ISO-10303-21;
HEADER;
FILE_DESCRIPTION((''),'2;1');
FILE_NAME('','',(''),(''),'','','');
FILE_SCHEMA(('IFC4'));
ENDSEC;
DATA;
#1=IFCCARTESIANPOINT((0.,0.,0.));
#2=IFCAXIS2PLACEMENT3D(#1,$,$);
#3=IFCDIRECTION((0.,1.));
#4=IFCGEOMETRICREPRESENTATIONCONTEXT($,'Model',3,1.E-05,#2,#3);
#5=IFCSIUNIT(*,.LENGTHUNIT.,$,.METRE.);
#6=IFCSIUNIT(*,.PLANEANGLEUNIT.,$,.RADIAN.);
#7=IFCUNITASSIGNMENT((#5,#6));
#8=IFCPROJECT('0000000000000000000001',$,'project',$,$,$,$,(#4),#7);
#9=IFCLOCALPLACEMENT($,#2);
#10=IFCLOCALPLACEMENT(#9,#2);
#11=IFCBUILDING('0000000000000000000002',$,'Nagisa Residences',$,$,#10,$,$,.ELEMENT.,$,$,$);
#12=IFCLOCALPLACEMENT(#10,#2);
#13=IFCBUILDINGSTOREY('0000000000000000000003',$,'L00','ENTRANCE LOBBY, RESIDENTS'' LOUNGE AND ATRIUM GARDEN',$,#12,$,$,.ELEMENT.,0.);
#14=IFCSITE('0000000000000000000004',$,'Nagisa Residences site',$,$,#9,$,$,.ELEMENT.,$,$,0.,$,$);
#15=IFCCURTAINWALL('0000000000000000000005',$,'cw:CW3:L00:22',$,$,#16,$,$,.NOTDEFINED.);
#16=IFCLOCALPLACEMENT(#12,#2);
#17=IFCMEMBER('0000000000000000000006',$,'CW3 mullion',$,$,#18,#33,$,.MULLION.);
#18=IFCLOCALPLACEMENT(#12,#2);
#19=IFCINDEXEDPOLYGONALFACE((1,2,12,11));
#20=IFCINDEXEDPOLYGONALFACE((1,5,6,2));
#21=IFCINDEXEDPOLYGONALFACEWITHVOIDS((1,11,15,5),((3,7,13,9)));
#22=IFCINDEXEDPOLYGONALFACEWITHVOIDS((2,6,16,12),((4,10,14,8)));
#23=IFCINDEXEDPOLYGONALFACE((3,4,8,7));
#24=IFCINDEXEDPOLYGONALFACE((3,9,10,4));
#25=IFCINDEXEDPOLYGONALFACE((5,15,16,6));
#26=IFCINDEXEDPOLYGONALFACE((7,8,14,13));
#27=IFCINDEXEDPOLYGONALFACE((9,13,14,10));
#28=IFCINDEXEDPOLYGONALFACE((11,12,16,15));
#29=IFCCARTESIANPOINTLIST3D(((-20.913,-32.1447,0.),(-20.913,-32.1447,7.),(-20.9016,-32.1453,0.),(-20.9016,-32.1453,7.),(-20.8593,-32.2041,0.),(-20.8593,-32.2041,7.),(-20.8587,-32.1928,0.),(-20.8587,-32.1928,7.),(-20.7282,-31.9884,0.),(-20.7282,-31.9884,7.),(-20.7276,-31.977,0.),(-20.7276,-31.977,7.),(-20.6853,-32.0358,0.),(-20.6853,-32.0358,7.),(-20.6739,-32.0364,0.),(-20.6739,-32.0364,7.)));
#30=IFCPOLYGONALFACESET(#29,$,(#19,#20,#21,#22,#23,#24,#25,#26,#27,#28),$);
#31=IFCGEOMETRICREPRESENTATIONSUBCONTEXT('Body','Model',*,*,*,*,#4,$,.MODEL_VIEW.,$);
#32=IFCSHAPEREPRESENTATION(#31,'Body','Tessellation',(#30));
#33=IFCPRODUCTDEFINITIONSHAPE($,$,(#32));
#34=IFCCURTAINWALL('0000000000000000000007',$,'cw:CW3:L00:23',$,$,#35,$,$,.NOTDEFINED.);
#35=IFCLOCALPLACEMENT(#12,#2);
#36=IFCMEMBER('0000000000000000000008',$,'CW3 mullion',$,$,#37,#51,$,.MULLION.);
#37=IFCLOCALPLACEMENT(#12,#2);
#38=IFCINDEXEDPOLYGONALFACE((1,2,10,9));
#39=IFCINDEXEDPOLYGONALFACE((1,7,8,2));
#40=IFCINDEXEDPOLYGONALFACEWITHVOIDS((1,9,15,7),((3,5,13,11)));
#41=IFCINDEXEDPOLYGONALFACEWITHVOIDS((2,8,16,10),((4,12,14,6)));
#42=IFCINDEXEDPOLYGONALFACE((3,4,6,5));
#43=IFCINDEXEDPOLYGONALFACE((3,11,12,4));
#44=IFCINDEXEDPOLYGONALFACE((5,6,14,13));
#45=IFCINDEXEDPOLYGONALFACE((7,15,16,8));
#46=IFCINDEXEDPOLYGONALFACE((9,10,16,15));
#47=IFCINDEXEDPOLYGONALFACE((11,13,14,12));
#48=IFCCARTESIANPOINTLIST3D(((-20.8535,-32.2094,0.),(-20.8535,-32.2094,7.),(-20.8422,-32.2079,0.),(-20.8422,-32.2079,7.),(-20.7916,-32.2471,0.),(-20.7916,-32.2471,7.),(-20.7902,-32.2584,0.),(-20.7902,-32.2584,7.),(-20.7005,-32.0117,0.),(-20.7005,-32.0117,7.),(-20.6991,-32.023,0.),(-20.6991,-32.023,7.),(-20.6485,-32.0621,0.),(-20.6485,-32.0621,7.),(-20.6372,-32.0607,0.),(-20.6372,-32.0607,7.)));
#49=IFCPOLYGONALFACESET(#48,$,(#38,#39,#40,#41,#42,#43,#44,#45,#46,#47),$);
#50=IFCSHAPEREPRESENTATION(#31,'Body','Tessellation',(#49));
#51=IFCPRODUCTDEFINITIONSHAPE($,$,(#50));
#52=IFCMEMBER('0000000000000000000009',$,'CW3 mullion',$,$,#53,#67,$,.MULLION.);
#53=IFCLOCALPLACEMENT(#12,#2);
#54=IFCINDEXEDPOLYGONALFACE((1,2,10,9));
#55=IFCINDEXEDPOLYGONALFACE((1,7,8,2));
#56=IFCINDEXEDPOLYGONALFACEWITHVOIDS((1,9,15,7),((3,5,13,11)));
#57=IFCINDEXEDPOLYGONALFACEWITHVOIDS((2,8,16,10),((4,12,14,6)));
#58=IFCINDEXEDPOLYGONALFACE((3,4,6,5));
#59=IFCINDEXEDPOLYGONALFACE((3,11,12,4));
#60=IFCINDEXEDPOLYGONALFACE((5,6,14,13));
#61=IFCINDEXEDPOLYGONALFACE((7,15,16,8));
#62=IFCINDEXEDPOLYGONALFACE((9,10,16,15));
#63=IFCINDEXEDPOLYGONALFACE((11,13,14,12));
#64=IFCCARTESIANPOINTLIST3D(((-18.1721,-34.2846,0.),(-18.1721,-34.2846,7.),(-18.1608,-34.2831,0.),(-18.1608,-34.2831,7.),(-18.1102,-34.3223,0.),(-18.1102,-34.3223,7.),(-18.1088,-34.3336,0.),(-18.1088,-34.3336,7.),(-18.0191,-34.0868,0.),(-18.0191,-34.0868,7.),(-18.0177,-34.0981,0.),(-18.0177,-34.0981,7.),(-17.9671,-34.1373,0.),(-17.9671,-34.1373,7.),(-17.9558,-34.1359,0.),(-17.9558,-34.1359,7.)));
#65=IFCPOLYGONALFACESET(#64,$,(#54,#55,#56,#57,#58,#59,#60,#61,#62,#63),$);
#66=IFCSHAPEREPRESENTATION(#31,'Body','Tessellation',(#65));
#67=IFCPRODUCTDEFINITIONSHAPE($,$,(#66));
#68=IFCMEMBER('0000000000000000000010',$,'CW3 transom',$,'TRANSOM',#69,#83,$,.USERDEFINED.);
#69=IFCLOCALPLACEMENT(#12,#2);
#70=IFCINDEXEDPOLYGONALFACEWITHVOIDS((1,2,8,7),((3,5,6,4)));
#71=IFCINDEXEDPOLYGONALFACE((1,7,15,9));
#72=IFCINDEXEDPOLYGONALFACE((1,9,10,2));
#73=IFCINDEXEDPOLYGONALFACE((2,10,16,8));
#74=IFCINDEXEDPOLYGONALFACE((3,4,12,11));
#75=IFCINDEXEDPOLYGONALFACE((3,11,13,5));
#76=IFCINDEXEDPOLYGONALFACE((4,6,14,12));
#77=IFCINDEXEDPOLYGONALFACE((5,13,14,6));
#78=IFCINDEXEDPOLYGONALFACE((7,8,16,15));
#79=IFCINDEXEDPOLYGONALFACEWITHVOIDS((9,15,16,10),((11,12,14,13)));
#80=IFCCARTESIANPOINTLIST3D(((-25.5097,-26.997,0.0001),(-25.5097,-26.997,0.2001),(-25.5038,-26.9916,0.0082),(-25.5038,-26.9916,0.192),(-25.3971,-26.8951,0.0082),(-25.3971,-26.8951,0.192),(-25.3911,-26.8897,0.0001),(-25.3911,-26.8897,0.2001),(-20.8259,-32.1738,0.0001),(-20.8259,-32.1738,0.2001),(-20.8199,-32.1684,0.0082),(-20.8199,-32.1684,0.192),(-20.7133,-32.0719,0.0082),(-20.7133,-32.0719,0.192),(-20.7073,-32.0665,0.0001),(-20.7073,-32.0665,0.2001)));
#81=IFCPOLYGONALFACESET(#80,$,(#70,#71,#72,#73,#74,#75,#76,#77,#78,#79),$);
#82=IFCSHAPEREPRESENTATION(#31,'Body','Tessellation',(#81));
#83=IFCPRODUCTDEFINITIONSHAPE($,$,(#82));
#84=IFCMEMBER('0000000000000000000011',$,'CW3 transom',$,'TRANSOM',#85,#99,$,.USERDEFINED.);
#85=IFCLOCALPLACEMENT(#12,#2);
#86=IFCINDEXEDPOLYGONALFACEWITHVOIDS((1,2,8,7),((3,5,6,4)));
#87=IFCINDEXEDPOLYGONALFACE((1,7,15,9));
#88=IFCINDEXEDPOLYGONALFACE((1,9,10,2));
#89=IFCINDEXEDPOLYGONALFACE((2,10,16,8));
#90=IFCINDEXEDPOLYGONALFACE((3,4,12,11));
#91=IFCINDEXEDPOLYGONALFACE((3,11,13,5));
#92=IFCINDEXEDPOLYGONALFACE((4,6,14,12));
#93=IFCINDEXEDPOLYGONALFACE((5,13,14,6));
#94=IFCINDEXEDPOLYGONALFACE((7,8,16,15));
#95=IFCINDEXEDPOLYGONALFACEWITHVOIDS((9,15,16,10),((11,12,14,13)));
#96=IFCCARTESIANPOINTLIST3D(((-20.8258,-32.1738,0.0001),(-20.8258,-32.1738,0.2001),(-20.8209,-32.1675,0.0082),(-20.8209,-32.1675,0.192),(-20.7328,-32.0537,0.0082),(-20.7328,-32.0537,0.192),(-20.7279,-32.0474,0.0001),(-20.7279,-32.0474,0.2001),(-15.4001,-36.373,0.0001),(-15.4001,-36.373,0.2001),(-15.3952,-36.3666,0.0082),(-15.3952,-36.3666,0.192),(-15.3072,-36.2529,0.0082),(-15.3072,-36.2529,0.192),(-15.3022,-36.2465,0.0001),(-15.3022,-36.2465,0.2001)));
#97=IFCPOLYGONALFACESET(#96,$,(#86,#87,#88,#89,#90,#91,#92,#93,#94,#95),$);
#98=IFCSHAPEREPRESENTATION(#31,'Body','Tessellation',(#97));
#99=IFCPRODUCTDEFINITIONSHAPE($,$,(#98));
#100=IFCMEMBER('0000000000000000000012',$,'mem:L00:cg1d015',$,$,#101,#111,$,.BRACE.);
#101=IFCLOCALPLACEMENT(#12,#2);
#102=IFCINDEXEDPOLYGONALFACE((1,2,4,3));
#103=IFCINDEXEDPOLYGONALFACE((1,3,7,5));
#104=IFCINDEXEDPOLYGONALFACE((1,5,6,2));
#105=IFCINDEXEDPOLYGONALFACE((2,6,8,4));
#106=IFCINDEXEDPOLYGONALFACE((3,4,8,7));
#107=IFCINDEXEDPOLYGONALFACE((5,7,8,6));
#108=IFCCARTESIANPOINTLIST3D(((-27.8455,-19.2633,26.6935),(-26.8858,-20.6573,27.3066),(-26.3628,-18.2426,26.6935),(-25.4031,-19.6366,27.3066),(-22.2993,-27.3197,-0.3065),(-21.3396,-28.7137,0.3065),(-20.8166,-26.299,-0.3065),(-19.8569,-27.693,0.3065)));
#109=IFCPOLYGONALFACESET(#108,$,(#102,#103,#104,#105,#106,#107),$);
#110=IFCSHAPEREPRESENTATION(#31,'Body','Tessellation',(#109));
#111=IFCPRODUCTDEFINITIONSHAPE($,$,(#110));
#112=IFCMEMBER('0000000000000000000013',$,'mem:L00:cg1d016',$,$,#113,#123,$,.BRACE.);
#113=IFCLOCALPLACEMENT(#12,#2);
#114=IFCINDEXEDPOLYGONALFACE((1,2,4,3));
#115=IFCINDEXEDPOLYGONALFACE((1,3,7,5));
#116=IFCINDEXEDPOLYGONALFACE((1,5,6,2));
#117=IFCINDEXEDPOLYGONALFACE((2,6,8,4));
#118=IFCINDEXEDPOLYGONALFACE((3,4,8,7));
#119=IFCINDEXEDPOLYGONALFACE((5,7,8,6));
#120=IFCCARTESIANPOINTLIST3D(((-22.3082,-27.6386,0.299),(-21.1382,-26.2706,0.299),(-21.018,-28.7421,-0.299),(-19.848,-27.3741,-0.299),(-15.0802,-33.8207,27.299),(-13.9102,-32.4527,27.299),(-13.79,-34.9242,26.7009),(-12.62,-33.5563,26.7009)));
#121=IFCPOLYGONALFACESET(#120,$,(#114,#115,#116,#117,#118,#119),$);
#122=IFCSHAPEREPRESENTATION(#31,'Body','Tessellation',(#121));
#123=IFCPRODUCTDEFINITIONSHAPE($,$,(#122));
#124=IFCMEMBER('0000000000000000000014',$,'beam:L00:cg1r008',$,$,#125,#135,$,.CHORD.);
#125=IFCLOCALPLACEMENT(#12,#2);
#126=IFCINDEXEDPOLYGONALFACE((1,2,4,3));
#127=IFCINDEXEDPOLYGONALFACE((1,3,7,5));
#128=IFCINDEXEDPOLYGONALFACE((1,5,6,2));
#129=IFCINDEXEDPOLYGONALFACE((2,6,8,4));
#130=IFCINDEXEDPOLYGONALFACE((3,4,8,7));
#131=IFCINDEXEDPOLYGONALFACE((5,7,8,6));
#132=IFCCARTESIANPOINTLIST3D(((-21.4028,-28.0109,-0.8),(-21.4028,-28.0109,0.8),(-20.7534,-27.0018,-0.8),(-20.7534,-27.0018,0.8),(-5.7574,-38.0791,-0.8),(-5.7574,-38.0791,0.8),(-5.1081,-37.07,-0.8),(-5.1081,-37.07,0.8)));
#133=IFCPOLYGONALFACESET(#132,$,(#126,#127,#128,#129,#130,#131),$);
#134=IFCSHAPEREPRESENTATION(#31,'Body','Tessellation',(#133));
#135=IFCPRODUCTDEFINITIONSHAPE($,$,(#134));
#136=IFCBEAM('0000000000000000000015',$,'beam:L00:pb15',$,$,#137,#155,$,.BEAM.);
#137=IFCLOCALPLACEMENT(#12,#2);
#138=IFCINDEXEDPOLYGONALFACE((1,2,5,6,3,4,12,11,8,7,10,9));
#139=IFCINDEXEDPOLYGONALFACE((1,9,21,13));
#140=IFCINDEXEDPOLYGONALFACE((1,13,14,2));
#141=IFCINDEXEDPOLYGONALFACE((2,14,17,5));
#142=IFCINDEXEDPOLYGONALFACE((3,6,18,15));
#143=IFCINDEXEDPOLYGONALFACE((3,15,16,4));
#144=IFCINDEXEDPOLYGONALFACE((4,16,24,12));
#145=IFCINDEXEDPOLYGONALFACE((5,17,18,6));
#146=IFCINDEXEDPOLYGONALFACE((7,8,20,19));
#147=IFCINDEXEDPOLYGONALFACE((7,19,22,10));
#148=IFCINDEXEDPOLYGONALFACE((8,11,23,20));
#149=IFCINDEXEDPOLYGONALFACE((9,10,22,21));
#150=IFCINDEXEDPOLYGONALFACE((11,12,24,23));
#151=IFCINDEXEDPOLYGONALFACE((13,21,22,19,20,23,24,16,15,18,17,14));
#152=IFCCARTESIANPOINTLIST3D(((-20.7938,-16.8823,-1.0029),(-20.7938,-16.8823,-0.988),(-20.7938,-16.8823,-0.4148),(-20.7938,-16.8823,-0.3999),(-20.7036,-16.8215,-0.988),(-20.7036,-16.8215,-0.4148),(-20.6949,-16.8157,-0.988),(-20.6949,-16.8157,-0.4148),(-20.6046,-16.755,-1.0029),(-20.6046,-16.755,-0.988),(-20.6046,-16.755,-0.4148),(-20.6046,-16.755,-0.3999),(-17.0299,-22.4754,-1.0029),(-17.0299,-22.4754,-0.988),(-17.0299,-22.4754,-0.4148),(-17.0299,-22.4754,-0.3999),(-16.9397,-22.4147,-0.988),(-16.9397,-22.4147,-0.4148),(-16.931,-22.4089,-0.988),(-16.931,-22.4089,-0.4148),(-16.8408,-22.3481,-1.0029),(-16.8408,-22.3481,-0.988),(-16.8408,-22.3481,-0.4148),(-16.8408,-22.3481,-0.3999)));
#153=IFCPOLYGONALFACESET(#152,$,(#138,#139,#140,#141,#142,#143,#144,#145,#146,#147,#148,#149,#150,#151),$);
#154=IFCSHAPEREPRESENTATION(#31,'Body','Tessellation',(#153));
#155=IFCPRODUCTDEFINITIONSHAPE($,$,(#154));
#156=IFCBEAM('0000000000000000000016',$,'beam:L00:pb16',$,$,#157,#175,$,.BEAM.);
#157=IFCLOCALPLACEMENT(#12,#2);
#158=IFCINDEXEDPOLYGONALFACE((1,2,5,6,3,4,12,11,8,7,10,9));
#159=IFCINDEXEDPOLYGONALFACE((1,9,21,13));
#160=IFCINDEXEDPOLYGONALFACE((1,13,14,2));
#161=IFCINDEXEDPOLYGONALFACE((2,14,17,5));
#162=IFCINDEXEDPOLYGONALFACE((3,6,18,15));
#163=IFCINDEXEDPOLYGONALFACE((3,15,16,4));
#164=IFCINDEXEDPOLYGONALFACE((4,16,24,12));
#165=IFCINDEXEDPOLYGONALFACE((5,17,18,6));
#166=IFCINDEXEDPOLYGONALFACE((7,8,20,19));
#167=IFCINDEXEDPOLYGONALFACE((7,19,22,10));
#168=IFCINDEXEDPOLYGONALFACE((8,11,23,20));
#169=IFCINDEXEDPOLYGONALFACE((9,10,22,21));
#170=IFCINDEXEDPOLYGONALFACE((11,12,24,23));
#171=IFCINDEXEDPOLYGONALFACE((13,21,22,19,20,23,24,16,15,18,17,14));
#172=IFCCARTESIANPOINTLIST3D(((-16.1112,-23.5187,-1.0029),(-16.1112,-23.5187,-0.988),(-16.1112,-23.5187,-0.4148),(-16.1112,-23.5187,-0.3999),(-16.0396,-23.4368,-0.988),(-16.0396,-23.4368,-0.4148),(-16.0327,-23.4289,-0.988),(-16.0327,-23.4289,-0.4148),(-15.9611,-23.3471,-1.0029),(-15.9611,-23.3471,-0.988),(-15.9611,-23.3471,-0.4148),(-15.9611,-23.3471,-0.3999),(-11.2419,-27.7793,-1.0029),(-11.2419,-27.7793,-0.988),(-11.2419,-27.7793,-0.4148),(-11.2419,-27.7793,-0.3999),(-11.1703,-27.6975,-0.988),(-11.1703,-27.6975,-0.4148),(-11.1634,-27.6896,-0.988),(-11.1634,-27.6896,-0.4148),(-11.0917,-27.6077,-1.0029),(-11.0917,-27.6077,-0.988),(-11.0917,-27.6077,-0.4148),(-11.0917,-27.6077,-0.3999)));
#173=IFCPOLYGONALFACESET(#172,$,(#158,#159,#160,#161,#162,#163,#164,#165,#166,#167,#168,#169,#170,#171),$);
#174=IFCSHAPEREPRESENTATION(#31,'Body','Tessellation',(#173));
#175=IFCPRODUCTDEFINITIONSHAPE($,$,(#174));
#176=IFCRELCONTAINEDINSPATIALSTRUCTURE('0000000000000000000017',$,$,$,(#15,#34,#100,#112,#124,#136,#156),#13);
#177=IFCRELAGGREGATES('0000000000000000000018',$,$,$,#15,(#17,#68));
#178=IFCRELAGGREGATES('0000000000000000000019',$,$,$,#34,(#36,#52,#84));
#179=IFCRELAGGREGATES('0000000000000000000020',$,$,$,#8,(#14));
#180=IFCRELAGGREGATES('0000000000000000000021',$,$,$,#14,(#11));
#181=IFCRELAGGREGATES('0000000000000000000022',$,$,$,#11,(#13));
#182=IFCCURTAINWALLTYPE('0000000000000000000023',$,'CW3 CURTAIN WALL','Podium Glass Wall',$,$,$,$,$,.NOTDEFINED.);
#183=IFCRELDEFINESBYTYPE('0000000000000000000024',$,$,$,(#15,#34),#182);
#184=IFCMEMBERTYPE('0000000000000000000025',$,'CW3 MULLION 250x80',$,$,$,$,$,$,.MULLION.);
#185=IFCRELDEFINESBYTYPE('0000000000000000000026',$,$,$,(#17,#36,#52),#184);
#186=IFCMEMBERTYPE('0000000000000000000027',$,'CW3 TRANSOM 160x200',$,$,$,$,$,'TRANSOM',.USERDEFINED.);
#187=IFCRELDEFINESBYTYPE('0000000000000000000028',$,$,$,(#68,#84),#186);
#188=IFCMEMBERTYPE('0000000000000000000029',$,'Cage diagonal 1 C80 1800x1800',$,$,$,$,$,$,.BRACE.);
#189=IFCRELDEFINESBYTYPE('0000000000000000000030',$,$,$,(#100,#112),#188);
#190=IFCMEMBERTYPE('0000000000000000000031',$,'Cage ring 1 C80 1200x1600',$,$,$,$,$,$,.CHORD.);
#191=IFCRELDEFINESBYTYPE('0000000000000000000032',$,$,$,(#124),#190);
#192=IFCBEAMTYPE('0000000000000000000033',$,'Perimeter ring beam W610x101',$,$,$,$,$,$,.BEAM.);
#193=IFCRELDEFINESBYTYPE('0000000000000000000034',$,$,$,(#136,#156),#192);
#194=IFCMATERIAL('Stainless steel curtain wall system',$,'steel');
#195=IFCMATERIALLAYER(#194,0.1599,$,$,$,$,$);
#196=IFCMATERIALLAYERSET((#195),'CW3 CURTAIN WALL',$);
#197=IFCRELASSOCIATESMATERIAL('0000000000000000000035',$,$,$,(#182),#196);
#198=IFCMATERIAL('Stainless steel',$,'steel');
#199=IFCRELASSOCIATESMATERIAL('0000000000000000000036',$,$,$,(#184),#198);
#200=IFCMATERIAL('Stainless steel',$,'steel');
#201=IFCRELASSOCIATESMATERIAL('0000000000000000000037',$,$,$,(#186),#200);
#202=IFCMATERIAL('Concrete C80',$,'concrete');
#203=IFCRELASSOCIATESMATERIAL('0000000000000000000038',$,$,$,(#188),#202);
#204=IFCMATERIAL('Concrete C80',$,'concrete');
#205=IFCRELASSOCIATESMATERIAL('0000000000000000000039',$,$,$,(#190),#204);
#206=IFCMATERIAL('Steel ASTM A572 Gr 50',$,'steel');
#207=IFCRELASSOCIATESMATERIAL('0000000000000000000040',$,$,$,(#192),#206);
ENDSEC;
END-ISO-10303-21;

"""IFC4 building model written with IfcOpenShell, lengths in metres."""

from ifc_helpers import new_model, si_unit, direction, frame, origin, origin_2d, place, context, subcontext, project, spatial, rectangle, hollow_rectangle, i_section, extrude, material, layer, layer_set, material_profile, profile_set, type_object, element, aggregate, save


model = new_model("IFC4")

# Units and contexts
model_context = context("Model", 3, precision=1e-05, world=origin(), true_north=direction((0.0, 1.0)))
body_context = subcontext(model_context, "Body", "Model", "MODEL_VIEW")
ifc_project = project(units=[si_unit("LENGTHUNIT", "METRE"), si_unit("PLANEANGLEUNIT", "RADIAN")], contexts=[model_context])

# Site, building, storey
site_placement = place(None, origin())
site = spatial("IfcSite", under=ifc_project, at=site_placement, Name="Nagisa Residences site", CompositionType="ELEMENT", RefElevation=0.0)
building_placement = place(site_placement, origin())
building = spatial("IfcBuilding", under=site, at=building_placement, Name="Nagisa Residences", CompositionType="ELEMENT")
storey_placement = place(building_placement, origin())
storey = spatial("IfcBuildingStorey", under=building, at=storey_placement, Name="L00", Description="ENTRANCE LOBBY, RESIDENTS' LOUNGE AND ATRIUM GARDEN", CompositionType="ELEMENT", Elevation=0.0)

# Curtain walls, members
ifc_material_1 = material(Name="Stainless steel curtain wall system", Category="steel")
ifc_layer_1 = layer(ifc_material_1, 0.1599)
ifc_layer_set_1 = layer_set([ifc_layer_1], Name="CW3 CURTAIN WALL")
curtain_wall_type = type_object("IfcCurtainWallType", Name="CW3 CURTAIN WALL", Description="Podium Glass Wall", PredefinedType="NOTDEFINED", material=ifc_layer_set_1)
ifc_material_2 = material(Name="Stainless steel", Category="steel")
ifc_material_profile_1 = material_profile(ifc_material_2, hollow_rectangle(XDim=0.25, YDim=0.0801, WallThickness=0.0081, at=origin_2d()), Name="CW3 MULLION 250x80")
ifc_profile_set_1 = profile_set([ifc_material_profile_1], Name="Stainless steel")
member_type_1 = type_object("IfcMemberType", Name="CW3 MULLION 250x80", PredefinedType="MULLION", material=ifc_profile_set_1)
curtain_wall_1_placement = place(storey_placement, origin())
curtain_wall_1 = element("IfcCurtainWall", 1, at=curtain_wall_1_placement, inside=storey, type_object=curtain_wall_type, Name="cw:CW3:L00:22", PredefinedType="NOTDEFINED")
member_1_placement = place(storey_placement, frame((-20.7935, -32.0906, 0.0), z_axis=(0.0, 0.0, 1.0), x_axis=(0.741536, 0.670913, 0.0)))
member_1 = element("IfcMember", 2, at=member_1_placement, type_object=member_type_1, Name="CW3 mullion", PredefinedType="MULLION", context=body_context, shape_type="SweptSolid", body=[
    extrude(hollow_rectangle(XDim=0.25, YDim=0.0801, WallThickness=0.0081, at=origin_2d()), origin(), (0.0, 0.0, 1.0), 7.0),
])
curtain_wall_2_placement = place(storey_placement, origin())
curtain_wall_2 = element("IfcCurtainWall", 3, at=curtain_wall_2_placement, inside=storey, type_object=curtain_wall_type, Name="cw:CW3:L00:23", PredefinedType="NOTDEFINED")
member_2_placement = place(storey_placement, frame((-20.7454, -32.135, 0.0), z_axis=(0.0, 0.0, 1.0), x_axis=(0.612035, 0.790831, 0.0)))
member_2 = element("IfcMember", 4, at=member_2_placement, type_object=member_type_1, Name="CW3 mullion", PredefinedType="MULLION", context=body_context, shape_type="SweptSolid", body=[
    extrude(hollow_rectangle(XDim=0.25, YDim=0.0801, WallThickness=0.0081, at=origin_2d()), origin(), (0.0, 0.0, 1.0), 7.0),
])
member_3_placement = place(storey_placement, frame((-18.064, -34.2102, 0.0), z_axis=(0.0, 0.0, 1.0), x_axis=(0.612035, 0.790831, 0.0)))
member_3 = element("IfcMember", 5, at=member_3_placement, type_object=member_type_1, Name="CW3 mullion", PredefinedType="MULLION", context=body_context, shape_type="SweptSolid", body=[
    extrude(hollow_rectangle(XDim=0.25, YDim=0.0801, WallThickness=0.0081, at=origin_2d()), origin(), (0.0, 0.0, 1.0), 7.0),
])

# Members
ifc_material_3 = material(Name="Stainless steel", Category="steel")
ifc_material_profile_2 = material_profile(ifc_material_3, hollow_rectangle(XDim=0.1599, YDim=0.2, WallThickness=0.0081, at=origin_2d()), Name="CW3 TRANSOM 160x200")
ifc_profile_set_2 = profile_set([ifc_material_profile_2], Name="Stainless steel")
member_type_2 = type_object("IfcMemberType", Name="CW3 TRANSOM 160x200", ElementType="TRANSOM", PredefinedType="USERDEFINED", material=ifc_profile_set_2)
member_4_placement = place(storey_placement, frame((-25.4504, -26.9434, 0.1001), z_axis=(0.670922, -0.741528, 0.0), x_axis=(0.741528, 0.670922, 0.0)))
member_4 = element("IfcMember", 6, at=member_4_placement, type_object=member_type_2, Name="CW3 transom", ObjectType="TRANSOM", PredefinedType="USERDEFINED", context=body_context, shape_type="SweptSolid", body=[
    extrude(hollow_rectangle(XDim=0.1599, YDim=0.2, WallThickness=0.0081, at=origin_2d()), origin(), (0.0, 0.0, 1.0), 6.9812),
])
member_5_placement = place(storey_placement, frame((-20.7769, -32.1106, 0.1001), z_axis=(0.790821, -0.612047, 0.0), x_axis=(0.612047, 0.790821, 0.0)))
member_5 = element("IfcMember", 7, at=member_5_placement, type_object=member_type_2, Name="CW3 transom", ObjectType="TRANSOM", PredefinedType="USERDEFINED", context=body_context, shape_type="SweptSolid", body=[
    extrude(hollow_rectangle(XDim=0.1599, YDim=0.2, WallThickness=0.0081, at=origin_2d()), origin(), (0.0, 0.0, 1.0), 6.8608),
])

# Members
ifc_material_4 = material(Name="Concrete C80", Category="concrete")
ifc_material_profile_3 = material_profile(ifc_material_4, rectangle(XDim=1.8, YDim=1.8, at=origin_2d()), Name="C80 1800x1800")
ifc_profile_set_3 = profile_set([ifc_material_profile_3], Name="Concrete C80")
member_type_3 = type_object("IfcMemberType", Name="Cage diagonal 1 C80 1800x1800", PredefinedType="BRACE", material=ifc_profile_set_3)
member_6_placement = place(storey_placement, frame((-21.0781, -27.5063, 0.0), z_axis=(-0.193131, 0.280545, 0.94021), x_axis=(-0.82369, -0.56704, 0.0)))
element("IfcMember", 8, at=member_6_placement, inside=storey, type_object=member_type_3, Name="mem:L00:cg1d015", PredefinedType="BRACE", context=body_context, shape_type="SweptSolid", body=[
    extrude(rectangle(XDim=1.8, YDim=1.8, at=origin_2d()), origin(), (0.0, 0.0, 1.0), 28.717),
])
member_7_placement = place(storey_placement, frame((-21.0781, -27.5063, 0.0), z_axis=(0.252496, -0.21596, 0.94319), x_axis=(0.649983, 0.759948, 0.0)))
element("IfcMember", 9, at=member_7_placement, inside=storey, type_object=member_type_3, Name="mem:L00:cg1d016", PredefinedType="BRACE", context=body_context, shape_type="SweptSolid", body=[
    extrude(rectangle(XDim=1.8, YDim=1.8, at=origin_2d()), origin(), (0.0, 0.0, 1.0), 28.6262),
])
ifc_material_5 = material(Name="Concrete C80", Category="concrete")
ifc_material_profile_4 = material_profile(ifc_material_5, rectangle(XDim=1.2, YDim=1.6001, at=origin_2d()), Name="C80 1200x1600")
ifc_profile_set_4 = profile_set([ifc_material_profile_4], Name="Concrete C80")
member_type_4 = type_object("IfcMemberType", Name="Cage ring 1 C80 1200x1600", PredefinedType="CHORD", material=ifc_profile_set_4)
member_8_placement = place(storey_placement, frame((-21.0781, -27.5063, 0.0), z_axis=(0.840923, -0.541155, 0.0), x_axis=(0.541155, 0.840923, 0.0)))
element("IfcMember", 10, at=member_8_placement, inside=storey, type_object=member_type_4, Name="beam:L00:cg1r008", PredefinedType="CHORD", context=body_context, shape_type="SweptSolid", body=[
    extrude(rectangle(XDim=1.2, YDim=1.6001, at=origin_2d()), origin(), (0.0, 0.0, 1.0), 18.605),
])

# Beams
ifc_material_6 = material(Name="Steel ASTM A572 Gr 50", Category="steel")
ifc_material_profile_5 = material_profile(ifc_material_6, i_section(OverallWidth=0.228, OverallDepth=0.603, WebThickness=0.0105, FlangeThickness=0.0149, at=origin_2d()), Name="W610x101")
ifc_profile_set_5 = profile_set([ifc_material_profile_5], Name="Steel ASTM A572 Gr 50")
beam_type_1 = type_object("IfcBeamType", Name="Perimeter ring beam W610x101", PredefinedType="BEAM", material=ifc_profile_set_5)
beam_1_placement = place(storey_placement, frame((-20.6992, -16.8186, -0.7014), z_axis=(0.558297, -0.829641, 0.0), x_axis=(0.829641, 0.558297, 0.0)))
element("IfcBeam", 11, at=beam_1_placement, inside=storey, type_object=beam_type_1, Name="beam:L00:pb15", PredefinedType="BEAM", context=body_context, shape_type="SweptSolid", body=[
    extrude(i_section(OverallWidth=0.228, OverallDepth=0.603, WebThickness=0.0105, FlangeThickness=0.0149, at=origin_2d()), origin(), (0.0, 0.0, 1.0), 6.7417),
])
beam_2_placement = place(storey_placement, frame((-16.0361, -23.4329, -0.7014), z_axis=(0.752574, -0.658507, 0.0), x_axis=(0.658507, 0.752574, 0.0)))
element("IfcBeam", 12, at=beam_2_placement, inside=storey, type_object=beam_type_1, Name="beam:L00:pb16", PredefinedType="BEAM", context=body_context, shape_type="SweptSolid", body=[
    extrude(i_section(OverallWidth=0.228, OverallDepth=0.603, WebThickness=0.0105, FlangeThickness=0.0149, at=origin_2d()), origin(), (0.0, 0.0, 1.0), 6.4702),
])

aggregate(curtain_wall_1, [member_1, member_4])
aggregate(curtain_wall_2, [member_2, member_3, member_5])

save(model, "model.ifc")
